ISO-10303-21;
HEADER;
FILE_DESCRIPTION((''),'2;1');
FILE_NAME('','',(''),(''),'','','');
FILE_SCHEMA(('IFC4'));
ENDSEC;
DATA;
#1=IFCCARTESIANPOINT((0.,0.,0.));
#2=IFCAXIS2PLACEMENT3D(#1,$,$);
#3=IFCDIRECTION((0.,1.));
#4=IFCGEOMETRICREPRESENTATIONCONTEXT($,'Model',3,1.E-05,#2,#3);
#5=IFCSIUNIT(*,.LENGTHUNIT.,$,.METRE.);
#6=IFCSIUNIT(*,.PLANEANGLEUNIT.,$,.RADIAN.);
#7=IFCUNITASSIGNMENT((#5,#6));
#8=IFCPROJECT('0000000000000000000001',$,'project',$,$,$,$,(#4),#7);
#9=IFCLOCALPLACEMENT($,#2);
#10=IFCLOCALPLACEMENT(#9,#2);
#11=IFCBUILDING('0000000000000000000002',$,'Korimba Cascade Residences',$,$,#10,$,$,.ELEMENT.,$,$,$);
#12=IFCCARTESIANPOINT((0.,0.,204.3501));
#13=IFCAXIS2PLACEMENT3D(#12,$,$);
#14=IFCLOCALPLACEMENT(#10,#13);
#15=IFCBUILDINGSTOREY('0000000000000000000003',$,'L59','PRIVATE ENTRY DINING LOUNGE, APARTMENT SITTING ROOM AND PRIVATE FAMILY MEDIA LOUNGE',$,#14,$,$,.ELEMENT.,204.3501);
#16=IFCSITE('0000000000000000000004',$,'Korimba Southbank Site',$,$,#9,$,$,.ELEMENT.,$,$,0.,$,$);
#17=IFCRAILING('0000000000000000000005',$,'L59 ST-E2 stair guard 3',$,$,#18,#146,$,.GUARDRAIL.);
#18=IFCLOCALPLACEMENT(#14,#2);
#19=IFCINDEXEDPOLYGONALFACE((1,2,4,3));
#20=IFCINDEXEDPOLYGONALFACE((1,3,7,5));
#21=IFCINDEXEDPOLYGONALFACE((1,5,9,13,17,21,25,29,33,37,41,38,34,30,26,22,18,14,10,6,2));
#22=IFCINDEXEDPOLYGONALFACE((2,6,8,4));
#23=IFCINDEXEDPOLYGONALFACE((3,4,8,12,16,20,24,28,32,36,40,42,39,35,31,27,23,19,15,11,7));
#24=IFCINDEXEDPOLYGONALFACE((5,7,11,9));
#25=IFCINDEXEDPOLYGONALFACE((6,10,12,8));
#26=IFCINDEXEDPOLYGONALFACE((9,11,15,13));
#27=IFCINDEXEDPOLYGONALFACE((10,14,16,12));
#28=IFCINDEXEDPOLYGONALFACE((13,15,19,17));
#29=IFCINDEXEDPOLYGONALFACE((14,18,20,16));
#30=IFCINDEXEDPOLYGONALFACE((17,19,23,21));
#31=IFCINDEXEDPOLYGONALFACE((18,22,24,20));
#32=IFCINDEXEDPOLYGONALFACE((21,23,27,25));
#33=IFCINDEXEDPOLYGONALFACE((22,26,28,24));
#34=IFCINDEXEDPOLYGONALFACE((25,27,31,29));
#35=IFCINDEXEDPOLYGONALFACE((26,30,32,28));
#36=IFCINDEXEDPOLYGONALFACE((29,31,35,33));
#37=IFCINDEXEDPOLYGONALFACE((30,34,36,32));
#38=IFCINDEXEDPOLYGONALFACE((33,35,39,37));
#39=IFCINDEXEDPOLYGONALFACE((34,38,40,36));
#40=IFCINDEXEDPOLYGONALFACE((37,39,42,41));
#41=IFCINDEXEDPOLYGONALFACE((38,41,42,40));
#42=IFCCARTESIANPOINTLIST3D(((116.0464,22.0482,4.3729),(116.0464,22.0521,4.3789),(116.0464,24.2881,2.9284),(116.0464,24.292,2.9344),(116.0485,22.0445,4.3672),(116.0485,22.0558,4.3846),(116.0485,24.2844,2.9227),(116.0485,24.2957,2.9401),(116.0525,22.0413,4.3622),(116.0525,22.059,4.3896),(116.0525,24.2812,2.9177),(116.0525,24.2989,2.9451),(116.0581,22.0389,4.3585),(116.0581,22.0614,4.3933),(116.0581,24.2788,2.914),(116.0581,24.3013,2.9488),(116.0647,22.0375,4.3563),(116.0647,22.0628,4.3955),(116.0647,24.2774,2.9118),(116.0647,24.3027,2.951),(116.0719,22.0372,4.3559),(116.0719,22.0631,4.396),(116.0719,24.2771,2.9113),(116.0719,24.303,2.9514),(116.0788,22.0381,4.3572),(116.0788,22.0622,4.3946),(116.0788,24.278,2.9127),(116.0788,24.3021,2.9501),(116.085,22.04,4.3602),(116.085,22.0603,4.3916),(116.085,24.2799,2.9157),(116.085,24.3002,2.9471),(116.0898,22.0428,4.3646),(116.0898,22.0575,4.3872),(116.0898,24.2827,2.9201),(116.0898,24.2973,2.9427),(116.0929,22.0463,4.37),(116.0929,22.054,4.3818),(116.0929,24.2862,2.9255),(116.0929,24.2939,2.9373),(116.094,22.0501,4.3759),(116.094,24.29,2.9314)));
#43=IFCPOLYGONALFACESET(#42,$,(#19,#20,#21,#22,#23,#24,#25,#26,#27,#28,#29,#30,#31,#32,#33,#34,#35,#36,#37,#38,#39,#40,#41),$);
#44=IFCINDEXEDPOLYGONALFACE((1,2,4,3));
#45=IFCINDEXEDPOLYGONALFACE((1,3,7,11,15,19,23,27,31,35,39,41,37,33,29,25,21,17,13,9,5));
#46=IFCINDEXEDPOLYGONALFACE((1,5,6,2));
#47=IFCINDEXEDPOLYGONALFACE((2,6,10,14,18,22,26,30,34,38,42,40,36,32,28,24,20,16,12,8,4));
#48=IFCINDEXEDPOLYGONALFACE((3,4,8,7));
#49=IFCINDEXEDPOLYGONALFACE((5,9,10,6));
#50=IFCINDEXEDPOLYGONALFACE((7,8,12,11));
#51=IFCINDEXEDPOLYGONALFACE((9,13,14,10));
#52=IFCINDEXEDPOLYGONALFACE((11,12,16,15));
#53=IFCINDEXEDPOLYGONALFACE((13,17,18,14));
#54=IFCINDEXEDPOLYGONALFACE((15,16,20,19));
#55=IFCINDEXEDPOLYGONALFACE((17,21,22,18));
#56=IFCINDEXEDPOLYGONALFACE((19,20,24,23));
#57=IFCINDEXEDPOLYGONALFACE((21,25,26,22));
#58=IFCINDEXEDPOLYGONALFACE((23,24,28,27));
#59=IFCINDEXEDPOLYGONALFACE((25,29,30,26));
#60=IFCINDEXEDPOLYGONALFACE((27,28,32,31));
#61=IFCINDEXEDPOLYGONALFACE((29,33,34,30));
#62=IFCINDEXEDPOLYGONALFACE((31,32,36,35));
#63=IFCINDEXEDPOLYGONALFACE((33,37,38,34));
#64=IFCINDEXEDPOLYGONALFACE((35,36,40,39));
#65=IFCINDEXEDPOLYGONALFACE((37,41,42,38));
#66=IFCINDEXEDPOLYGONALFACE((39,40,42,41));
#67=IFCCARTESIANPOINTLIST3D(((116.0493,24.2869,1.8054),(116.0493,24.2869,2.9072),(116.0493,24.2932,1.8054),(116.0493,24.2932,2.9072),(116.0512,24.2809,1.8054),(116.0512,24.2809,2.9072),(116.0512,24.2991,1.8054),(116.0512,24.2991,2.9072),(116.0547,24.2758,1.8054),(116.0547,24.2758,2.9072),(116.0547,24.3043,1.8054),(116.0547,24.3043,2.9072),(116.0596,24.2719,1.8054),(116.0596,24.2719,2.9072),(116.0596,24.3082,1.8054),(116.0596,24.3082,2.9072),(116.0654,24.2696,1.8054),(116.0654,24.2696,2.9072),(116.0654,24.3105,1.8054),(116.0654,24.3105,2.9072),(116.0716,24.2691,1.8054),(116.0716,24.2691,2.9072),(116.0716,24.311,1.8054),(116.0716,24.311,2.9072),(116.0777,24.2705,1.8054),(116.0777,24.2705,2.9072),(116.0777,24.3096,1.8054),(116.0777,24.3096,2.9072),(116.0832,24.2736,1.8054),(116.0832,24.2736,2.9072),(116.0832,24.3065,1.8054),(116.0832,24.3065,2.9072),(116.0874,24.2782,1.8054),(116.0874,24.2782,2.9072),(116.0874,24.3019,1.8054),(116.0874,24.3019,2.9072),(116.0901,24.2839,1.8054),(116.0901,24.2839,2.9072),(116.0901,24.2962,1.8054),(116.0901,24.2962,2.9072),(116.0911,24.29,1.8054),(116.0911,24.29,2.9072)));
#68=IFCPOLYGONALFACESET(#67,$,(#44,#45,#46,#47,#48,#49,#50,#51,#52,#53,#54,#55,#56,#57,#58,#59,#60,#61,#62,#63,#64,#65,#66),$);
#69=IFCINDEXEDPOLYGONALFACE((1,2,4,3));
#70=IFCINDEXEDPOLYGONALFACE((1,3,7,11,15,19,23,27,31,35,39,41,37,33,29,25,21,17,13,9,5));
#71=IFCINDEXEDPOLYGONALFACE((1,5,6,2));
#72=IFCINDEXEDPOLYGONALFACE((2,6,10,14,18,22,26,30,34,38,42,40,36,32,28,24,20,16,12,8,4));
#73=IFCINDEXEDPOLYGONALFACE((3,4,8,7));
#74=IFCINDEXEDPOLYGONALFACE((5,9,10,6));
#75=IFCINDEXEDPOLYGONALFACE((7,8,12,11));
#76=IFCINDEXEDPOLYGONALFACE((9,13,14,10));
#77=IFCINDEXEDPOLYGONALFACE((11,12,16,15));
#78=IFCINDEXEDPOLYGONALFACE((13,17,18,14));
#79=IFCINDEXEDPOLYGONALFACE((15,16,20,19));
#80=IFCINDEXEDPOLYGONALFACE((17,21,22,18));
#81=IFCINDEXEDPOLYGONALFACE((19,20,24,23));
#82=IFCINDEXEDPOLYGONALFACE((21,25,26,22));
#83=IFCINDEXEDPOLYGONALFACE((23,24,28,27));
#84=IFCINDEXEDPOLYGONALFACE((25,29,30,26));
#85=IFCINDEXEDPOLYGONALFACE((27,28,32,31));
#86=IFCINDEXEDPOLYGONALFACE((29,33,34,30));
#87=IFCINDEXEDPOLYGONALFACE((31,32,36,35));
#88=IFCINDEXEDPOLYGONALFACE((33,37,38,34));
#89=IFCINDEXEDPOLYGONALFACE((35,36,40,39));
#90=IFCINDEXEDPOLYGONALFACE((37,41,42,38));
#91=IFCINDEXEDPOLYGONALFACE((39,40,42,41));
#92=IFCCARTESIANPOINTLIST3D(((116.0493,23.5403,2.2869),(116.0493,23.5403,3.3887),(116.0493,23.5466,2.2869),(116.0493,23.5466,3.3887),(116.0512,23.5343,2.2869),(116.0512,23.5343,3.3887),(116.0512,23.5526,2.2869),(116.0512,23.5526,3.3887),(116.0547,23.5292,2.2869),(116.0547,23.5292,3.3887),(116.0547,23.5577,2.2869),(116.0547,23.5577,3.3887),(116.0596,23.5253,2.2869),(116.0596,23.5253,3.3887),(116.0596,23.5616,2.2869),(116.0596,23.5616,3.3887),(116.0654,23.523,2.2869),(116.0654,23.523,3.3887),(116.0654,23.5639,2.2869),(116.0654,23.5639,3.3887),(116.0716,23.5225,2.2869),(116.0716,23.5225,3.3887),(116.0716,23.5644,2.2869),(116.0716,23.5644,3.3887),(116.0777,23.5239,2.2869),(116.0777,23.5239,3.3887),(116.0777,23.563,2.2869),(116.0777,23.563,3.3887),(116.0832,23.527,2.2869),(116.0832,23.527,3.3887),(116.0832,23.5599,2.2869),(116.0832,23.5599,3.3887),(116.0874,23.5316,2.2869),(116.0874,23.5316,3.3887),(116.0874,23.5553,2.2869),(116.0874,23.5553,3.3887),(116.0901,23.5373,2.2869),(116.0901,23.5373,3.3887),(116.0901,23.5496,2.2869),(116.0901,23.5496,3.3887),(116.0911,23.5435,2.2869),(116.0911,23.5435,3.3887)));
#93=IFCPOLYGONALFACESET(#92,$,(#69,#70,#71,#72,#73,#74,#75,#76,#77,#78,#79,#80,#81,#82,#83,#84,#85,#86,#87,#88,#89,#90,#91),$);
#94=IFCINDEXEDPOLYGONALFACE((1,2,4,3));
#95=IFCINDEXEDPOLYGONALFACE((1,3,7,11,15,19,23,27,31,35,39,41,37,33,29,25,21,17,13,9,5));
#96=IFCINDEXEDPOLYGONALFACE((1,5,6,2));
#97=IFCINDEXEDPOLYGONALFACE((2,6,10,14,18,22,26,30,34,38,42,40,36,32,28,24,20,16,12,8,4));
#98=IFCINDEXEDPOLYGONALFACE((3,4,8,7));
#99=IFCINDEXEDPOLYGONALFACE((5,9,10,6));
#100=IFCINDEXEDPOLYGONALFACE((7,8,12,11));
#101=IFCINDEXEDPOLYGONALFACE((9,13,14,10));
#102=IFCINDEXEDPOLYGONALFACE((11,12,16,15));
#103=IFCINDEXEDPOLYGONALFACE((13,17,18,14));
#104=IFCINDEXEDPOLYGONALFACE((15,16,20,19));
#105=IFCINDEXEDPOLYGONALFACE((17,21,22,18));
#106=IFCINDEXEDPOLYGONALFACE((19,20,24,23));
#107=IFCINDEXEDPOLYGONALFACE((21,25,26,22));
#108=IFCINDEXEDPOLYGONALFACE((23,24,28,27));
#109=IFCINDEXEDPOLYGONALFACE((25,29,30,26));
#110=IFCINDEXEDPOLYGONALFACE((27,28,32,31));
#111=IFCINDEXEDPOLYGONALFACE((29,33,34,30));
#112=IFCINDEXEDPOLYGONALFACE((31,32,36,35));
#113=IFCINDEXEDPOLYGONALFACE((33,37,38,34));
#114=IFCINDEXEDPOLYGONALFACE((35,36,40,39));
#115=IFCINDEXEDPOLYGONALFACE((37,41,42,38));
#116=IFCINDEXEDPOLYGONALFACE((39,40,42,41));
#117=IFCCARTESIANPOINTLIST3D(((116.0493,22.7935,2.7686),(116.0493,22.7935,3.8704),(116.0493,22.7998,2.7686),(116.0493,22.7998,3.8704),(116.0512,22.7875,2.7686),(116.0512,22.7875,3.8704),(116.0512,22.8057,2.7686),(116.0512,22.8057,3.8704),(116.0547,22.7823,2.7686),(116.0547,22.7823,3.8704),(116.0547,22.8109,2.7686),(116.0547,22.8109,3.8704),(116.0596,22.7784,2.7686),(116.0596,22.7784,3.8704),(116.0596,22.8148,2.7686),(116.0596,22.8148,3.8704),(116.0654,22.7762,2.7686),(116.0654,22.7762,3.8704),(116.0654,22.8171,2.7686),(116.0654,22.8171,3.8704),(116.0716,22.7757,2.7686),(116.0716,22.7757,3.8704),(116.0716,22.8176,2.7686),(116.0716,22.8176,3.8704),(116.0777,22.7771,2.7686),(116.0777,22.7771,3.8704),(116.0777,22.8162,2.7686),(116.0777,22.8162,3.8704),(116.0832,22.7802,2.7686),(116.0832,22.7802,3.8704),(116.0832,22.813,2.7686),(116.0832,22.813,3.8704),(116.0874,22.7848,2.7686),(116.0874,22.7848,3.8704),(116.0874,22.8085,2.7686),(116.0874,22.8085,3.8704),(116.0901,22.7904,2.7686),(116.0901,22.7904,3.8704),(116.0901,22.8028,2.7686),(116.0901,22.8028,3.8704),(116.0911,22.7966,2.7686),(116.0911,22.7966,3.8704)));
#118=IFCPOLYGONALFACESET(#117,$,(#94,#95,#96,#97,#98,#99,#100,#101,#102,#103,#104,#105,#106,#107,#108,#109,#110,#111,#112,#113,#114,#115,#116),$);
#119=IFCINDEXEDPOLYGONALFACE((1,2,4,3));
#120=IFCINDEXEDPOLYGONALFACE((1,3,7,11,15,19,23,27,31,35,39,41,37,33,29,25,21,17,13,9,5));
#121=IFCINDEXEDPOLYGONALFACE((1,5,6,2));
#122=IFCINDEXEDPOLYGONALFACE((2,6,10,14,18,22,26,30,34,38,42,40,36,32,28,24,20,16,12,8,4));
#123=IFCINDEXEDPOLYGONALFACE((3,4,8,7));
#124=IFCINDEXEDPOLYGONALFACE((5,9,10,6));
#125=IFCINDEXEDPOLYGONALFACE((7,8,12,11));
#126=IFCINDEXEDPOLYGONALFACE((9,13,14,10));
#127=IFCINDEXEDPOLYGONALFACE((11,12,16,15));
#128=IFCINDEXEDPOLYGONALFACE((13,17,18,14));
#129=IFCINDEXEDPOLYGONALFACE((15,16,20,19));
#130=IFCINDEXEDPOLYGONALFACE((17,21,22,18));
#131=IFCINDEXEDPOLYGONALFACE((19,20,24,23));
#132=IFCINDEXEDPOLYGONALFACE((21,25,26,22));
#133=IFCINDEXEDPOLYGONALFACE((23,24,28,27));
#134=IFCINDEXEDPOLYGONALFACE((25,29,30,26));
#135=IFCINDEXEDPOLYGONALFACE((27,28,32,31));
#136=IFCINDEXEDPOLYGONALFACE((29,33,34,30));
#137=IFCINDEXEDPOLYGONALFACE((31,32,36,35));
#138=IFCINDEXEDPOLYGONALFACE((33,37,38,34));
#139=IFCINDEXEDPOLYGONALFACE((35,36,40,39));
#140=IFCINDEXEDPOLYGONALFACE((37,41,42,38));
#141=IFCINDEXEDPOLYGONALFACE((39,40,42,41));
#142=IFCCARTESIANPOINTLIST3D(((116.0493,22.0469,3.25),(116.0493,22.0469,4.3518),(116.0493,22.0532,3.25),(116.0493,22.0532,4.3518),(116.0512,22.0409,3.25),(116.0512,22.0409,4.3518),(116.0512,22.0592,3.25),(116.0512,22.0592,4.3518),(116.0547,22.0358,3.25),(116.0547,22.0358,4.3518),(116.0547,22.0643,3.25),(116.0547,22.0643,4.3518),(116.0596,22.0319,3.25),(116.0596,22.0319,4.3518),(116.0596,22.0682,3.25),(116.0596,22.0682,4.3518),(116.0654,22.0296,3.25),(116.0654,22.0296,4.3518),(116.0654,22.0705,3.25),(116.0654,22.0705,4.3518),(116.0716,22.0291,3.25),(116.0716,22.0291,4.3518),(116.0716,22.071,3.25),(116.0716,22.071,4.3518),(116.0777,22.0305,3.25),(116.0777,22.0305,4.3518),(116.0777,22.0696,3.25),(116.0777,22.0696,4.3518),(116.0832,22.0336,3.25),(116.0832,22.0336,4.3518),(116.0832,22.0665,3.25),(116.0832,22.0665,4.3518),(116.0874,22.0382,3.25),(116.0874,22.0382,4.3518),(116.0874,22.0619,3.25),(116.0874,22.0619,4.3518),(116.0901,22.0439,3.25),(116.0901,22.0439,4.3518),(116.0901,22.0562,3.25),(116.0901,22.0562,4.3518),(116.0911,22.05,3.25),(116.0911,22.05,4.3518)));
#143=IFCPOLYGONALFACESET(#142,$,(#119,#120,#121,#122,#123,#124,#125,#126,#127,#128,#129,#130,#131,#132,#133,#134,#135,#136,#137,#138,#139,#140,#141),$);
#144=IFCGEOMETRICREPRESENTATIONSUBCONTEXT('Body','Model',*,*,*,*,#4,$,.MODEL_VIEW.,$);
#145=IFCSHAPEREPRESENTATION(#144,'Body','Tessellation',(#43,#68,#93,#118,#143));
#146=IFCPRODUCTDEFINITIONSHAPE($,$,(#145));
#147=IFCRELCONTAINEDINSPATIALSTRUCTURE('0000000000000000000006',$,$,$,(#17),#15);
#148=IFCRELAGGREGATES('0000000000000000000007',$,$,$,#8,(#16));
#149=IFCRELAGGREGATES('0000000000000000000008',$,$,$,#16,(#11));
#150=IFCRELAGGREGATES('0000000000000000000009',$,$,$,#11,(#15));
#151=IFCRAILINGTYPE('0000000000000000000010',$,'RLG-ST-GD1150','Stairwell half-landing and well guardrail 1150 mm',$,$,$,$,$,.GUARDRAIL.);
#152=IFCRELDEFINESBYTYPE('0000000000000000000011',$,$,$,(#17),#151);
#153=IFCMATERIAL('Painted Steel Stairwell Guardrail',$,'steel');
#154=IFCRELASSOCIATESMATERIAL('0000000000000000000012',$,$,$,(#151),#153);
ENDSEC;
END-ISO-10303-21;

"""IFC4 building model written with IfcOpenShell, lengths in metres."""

from ifc_helpers import new_model, si_unit, direction, frame, origin, origin_2d, place, context, subcontext, project, spatial, circle, extrude, material, type_object, element, save


model = new_model("IFC4")

# Units and contexts
model_context = context("Model", 3, precision=1e-05, world=origin(), true_north=direction((0.0, 1.0)))
body_context = subcontext(model_context, "Body", "Model", "MODEL_VIEW")
ifc_project = project(units=[si_unit("LENGTHUNIT", "METRE"), si_unit("PLANEANGLEUNIT", "RADIAN")], contexts=[model_context])

# Site, building, storey
site_placement = place(None, origin())
site = spatial("IfcSite", under=ifc_project, at=site_placement, Name="Korimba Southbank Site", CompositionType="ELEMENT", RefElevation=0.0)
building_placement = place(site_placement, origin())
building = spatial("IfcBuilding", under=site, at=building_placement, Name="Korimba Cascade Residences", CompositionType="ELEMENT")
storey_placement = place(building_placement, frame((0.0, 0.0, 204.3501)))
storey = spatial("IfcBuildingStorey", under=building, at=storey_placement, Name="L59", Description="PRIVATE ENTRY DINING LOUNGE, APARTMENT SITTING ROOM AND PRIVATE FAMILY MEDIA LOUNGE", CompositionType="ELEMENT", Elevation=204.3501)

# Railing
ifc_material_1 = material(Name="Painted Steel Stairwell Guardrail", Category="steel")
railing_type_1 = type_object("IfcRailingType", Name="RLG-ST-GD1150", Description="Stairwell half-landing and well guardrail 1150 mm", PredefinedType="GUARDRAIL", material=ifc_material_1)
railing_1_placement = place(storey_placement, frame((116.0701, 24.29, 1.8054)))
element("IfcRailing", 1, at=railing_1_placement, inside=storey, type_object=railing_type_1, Name="L59 ST-E2 stair guard 3", PredefinedType="GUARDRAIL", context=body_context, shape_type="SweptSolid", body=[
    extrude(circle(Radius=0.0239, at=origin_2d()), frame((0.0, 0.0, 1.126), z_axis=(0.0, -0.840395, 0.541975), x_axis=(1.0, 0.0, 0.0)), (0.0, 0.0, 1.0), 2.6653),
    extrude(circle(Radius=0.021, at=origin_2d()), origin(), (0.0, 0.0, 1.0), 1.1018),
    extrude(circle(Radius=0.021, at=origin_2d()), frame((0.0, -0.7466, 0.4814)), (0.0, 0.0, 1.0), 1.1018),
    extrude(circle(Radius=0.021, at=origin_2d()), frame((0.0, -1.4934, 0.9631)), (0.0, 0.0, 1.0), 1.1018),
    extrude(circle(Radius=0.021, at=origin_2d()), frame((0.0, -2.24, 1.4446)), (0.0, 0.0, 1.0), 1.1018),
])

save(model, "model.ifc")
